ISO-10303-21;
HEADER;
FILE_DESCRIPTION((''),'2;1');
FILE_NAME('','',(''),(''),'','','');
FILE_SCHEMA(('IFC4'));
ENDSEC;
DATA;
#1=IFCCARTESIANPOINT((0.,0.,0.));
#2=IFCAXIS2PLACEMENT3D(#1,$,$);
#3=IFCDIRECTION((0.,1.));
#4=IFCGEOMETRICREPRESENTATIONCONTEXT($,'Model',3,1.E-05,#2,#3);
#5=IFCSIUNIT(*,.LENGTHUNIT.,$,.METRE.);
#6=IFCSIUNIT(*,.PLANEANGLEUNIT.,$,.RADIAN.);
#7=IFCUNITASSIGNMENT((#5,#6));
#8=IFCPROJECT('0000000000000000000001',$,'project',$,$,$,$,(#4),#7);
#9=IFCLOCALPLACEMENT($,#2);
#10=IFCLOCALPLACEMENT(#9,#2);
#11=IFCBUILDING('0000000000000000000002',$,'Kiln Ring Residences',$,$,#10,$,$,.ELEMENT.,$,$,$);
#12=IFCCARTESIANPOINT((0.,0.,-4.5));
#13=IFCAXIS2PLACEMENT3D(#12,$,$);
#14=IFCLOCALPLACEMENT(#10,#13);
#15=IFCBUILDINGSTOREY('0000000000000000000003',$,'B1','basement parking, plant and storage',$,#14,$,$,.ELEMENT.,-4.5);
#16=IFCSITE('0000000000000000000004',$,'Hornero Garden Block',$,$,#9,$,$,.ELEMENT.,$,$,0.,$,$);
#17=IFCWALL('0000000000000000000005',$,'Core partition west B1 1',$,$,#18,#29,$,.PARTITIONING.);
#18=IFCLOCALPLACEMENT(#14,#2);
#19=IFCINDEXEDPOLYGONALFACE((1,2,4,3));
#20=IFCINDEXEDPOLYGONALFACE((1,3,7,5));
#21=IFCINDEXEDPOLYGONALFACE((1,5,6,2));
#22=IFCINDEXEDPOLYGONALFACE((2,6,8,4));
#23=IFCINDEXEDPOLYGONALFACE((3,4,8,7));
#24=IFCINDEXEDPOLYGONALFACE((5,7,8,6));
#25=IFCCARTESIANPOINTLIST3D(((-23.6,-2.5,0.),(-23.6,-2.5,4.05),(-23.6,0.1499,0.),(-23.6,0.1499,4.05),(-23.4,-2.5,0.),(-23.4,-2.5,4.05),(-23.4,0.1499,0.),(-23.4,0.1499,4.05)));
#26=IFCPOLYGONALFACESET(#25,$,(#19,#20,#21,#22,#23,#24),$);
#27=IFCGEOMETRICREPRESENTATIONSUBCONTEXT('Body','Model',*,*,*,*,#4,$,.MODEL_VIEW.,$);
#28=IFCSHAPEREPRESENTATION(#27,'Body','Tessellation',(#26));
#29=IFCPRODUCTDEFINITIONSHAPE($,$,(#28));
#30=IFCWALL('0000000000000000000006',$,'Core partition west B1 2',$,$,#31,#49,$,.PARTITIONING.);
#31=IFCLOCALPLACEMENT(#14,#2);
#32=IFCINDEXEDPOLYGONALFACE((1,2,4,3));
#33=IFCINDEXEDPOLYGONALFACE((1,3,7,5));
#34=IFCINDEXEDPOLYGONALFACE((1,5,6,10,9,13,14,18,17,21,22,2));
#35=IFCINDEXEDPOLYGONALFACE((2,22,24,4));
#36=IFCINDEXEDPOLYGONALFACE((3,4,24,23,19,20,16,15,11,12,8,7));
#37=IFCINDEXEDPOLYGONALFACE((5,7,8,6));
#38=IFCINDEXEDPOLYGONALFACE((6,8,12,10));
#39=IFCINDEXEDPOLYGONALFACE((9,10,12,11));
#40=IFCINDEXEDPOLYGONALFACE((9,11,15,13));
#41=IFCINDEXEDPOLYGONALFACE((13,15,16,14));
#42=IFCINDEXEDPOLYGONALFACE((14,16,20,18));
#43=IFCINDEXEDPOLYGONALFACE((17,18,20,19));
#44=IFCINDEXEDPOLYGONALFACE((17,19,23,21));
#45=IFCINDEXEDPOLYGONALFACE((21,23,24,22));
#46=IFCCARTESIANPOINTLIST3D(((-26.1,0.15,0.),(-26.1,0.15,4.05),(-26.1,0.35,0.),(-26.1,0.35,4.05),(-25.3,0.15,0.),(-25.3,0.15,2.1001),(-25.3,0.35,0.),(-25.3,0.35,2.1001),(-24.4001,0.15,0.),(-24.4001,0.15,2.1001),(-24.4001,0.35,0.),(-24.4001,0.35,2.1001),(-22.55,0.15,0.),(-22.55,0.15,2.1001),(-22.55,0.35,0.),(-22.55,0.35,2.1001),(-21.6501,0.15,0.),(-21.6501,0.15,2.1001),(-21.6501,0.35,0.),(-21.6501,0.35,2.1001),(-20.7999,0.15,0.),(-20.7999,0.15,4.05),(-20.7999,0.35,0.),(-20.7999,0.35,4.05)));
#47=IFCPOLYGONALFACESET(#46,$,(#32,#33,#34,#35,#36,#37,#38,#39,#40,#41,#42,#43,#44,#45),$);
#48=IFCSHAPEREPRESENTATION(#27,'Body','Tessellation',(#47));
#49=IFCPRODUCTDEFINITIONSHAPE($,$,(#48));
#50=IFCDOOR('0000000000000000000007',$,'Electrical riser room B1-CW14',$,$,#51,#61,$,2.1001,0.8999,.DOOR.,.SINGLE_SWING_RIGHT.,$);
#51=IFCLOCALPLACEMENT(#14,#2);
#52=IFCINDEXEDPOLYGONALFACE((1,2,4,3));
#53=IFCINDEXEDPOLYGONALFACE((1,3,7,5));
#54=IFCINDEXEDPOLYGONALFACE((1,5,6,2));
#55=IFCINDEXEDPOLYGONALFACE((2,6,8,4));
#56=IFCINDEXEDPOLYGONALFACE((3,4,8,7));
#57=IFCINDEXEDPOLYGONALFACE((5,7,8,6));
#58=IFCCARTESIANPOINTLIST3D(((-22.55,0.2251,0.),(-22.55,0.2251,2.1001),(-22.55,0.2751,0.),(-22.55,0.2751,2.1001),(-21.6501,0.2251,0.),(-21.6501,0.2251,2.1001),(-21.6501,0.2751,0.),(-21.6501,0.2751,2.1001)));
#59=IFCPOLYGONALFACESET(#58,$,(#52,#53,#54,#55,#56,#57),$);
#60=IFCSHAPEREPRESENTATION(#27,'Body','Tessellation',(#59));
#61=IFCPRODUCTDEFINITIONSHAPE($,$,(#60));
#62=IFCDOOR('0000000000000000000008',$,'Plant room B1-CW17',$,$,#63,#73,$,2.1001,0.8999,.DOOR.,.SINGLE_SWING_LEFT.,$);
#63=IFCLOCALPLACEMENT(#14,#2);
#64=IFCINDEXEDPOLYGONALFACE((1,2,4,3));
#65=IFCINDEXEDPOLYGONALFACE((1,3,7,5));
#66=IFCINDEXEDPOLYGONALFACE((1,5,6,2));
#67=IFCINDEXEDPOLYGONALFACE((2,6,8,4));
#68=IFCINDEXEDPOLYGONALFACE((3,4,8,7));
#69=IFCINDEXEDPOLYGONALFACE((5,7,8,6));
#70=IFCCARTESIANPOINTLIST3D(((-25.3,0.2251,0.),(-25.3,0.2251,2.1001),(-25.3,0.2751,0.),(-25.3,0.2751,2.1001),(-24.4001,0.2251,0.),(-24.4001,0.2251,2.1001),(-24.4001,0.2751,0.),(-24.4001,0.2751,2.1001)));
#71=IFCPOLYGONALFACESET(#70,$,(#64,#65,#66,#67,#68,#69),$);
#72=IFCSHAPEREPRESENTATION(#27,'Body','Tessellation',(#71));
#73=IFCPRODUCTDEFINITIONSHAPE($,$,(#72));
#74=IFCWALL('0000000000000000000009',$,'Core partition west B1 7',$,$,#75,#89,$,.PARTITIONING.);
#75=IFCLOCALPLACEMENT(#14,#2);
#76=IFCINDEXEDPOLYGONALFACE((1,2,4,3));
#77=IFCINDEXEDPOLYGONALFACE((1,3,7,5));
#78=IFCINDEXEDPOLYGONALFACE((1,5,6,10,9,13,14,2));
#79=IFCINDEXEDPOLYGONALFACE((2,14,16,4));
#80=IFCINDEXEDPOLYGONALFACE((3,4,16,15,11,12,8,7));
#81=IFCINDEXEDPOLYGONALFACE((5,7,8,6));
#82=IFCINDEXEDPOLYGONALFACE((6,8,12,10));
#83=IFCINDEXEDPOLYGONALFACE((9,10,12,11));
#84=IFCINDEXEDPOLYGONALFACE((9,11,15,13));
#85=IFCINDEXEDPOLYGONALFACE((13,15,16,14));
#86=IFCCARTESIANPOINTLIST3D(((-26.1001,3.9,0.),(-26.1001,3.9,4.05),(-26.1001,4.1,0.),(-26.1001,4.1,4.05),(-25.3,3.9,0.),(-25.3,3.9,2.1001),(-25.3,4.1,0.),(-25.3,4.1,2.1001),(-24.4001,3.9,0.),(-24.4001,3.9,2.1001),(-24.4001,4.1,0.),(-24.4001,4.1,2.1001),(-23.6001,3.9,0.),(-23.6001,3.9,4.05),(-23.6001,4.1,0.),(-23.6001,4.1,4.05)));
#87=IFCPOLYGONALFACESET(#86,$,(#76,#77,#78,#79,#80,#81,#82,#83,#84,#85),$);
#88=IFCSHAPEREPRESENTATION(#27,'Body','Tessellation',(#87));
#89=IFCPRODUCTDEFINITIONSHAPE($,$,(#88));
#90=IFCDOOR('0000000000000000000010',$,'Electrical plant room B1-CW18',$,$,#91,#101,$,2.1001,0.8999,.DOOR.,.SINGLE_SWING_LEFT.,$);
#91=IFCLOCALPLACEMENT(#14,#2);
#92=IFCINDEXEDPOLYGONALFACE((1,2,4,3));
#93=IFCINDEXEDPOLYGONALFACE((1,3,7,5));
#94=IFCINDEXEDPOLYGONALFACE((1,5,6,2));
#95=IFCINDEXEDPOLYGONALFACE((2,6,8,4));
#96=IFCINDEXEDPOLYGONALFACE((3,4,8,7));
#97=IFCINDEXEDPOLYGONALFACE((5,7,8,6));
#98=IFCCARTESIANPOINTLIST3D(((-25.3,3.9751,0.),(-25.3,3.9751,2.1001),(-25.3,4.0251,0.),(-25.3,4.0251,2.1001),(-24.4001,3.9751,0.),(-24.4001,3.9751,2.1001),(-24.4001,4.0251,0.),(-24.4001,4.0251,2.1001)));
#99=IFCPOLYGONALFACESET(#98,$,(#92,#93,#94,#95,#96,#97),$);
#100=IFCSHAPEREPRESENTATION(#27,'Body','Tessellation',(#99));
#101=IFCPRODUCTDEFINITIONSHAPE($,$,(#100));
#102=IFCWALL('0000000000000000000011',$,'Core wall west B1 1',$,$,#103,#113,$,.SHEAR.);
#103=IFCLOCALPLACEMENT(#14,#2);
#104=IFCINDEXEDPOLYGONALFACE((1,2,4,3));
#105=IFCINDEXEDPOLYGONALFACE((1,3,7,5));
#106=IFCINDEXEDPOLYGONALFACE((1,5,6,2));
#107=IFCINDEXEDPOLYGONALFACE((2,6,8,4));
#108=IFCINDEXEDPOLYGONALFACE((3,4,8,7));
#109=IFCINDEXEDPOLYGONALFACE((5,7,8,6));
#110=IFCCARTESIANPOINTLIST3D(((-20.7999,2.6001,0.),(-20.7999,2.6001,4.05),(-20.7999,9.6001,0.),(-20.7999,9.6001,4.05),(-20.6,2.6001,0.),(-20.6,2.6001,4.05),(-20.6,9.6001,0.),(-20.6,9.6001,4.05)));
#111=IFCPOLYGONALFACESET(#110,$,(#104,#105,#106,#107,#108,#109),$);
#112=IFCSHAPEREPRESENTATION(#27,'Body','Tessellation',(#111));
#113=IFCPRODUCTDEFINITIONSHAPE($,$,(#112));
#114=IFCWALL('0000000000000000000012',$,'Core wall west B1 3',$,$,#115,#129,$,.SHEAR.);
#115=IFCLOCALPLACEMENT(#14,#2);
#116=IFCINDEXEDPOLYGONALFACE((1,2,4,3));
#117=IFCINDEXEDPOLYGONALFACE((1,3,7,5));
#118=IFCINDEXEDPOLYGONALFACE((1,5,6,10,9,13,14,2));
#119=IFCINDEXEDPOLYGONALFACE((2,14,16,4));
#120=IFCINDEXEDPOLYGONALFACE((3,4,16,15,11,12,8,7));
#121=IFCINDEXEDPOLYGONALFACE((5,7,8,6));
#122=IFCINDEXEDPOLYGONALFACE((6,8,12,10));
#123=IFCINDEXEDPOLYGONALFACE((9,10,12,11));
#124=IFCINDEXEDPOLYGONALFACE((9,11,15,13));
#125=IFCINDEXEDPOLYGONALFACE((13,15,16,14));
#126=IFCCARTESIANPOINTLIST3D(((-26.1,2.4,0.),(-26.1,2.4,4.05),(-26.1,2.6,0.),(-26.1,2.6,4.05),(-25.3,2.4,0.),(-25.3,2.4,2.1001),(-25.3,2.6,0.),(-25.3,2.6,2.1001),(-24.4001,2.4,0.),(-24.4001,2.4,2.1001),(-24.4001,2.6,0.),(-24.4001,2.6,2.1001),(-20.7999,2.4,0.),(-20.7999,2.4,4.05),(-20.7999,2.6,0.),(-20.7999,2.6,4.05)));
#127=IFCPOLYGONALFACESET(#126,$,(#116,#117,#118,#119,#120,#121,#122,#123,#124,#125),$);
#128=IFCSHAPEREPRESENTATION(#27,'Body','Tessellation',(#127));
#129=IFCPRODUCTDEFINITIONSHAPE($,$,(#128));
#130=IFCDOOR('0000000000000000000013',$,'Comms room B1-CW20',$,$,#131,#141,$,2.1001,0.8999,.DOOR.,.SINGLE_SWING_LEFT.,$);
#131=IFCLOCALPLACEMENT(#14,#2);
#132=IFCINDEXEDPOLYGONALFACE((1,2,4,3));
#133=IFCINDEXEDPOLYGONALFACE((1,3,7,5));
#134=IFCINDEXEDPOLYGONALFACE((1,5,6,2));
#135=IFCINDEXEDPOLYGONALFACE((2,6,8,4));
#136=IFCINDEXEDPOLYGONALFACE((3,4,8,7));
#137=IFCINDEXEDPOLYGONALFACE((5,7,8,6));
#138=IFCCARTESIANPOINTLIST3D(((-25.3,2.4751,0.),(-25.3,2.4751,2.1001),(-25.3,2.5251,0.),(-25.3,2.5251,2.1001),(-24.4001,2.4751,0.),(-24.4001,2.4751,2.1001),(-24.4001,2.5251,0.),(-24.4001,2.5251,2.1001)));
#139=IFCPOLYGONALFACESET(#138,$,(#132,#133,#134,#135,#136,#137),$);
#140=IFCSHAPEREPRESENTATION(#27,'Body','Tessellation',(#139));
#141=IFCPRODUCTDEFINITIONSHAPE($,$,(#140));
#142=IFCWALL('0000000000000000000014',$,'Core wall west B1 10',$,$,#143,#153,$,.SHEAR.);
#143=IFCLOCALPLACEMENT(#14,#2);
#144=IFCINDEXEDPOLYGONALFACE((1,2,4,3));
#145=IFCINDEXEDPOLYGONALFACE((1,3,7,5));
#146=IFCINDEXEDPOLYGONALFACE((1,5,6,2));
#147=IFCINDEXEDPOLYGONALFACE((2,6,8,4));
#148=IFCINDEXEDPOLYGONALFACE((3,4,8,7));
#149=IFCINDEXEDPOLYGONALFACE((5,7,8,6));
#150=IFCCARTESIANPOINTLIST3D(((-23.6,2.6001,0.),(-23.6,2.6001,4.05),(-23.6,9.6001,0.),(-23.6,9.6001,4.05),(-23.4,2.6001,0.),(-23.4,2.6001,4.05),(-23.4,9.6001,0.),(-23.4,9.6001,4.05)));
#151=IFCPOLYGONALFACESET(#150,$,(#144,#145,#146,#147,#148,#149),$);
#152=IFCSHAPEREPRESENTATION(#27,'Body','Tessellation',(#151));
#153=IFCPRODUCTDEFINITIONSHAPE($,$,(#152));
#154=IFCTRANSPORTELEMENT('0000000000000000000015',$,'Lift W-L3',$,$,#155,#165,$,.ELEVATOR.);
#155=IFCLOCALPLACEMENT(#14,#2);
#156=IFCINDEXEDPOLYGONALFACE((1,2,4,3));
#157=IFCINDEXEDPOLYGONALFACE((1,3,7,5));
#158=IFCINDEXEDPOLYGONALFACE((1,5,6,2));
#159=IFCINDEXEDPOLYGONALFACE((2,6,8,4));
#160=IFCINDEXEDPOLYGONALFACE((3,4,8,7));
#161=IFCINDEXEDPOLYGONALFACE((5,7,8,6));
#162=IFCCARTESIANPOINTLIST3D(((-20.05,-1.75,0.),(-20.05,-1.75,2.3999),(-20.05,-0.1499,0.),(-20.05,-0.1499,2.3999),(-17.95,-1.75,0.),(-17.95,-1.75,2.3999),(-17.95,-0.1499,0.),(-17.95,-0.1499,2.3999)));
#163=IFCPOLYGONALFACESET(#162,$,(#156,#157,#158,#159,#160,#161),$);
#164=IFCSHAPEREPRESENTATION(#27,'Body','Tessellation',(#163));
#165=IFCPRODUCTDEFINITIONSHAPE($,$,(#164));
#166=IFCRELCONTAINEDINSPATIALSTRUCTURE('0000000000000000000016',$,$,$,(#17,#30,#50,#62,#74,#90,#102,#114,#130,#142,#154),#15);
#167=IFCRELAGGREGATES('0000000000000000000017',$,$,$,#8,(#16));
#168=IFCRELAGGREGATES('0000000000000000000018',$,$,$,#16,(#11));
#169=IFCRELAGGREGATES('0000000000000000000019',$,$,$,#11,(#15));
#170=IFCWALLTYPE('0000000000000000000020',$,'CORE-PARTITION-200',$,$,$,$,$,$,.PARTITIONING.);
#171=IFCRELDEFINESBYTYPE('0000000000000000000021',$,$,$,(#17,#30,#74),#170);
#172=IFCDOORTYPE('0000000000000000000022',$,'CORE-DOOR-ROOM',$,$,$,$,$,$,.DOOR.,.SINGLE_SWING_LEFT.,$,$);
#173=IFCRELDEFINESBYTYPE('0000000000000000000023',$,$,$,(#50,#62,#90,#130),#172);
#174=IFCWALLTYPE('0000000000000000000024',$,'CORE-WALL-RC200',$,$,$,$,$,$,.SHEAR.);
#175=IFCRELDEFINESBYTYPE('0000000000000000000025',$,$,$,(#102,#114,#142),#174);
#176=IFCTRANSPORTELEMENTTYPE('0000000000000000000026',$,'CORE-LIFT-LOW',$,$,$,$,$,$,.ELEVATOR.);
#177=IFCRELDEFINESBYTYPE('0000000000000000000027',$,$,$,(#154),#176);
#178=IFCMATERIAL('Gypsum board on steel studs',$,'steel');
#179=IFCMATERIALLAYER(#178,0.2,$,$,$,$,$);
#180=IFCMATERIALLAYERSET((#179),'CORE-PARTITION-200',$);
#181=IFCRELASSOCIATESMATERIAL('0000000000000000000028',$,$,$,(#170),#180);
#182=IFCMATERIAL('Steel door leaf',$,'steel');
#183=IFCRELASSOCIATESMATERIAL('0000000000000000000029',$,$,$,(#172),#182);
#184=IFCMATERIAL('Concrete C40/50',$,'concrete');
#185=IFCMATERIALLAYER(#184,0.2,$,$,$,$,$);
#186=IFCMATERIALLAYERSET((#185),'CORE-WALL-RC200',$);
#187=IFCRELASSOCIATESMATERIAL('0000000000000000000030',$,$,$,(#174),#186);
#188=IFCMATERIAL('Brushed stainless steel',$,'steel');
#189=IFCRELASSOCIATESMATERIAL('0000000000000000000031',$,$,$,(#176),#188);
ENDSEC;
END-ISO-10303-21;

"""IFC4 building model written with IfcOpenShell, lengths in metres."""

from ifc_helpers import new_model, si_unit, direction, frame, frame_2d, origin, origin_2d, place, context, subcontext, project, spatial, rectangle, extrude, material, layer, layer_set, type_object, element, fill, save


model = new_model("IFC4")

# Units and contexts
model_context = context("Model", 3, precision=1e-05, world=origin(), true_north=direction((0.0, 1.0)))
body_context = subcontext(model_context, "Body", "Model", "MODEL_VIEW")
ifc_project = project(units=[si_unit("LENGTHUNIT", "METRE"), si_unit("PLANEANGLEUNIT", "RADIAN")], contexts=[model_context])

# Site, building, storey
site_placement = place(None, origin())
site = spatial("IfcSite", under=ifc_project, at=site_placement, Name="Hornero Garden Block", CompositionType="ELEMENT", RefElevation=0.0)
building_placement = place(site_placement, origin())
building = spatial("IfcBuilding", under=site, at=building_placement, Name="Kiln Ring Residences", CompositionType="ELEMENT")
storey_placement = place(building_placement, frame((0.0, 0.0, -4.5)))
storey = spatial("IfcBuildingStorey", under=building, at=storey_placement, Name="B1", Description="basement parking, plant and storage", CompositionType="ELEMENT", Elevation=-4.5)

# Wall
ifc_material_1 = material(Name="Gypsum board on steel studs", Category="steel")
ifc_layer_1 = layer(ifc_material_1, 0.2)
ifc_layer_set_1 = layer_set([ifc_layer_1], Name="CORE-PARTITION-200")
wall_type_1 = type_object("IfcWallType", Name="CORE-PARTITION-200", PredefinedType="PARTITIONING", material=ifc_layer_set_1)
wall_1_placement = place(storey_placement, frame((-23.5, -2.5, 0.0), z_axis=(0.0, 0.0, 1.0), x_axis=(0.0, 1.0, 0.0)))
element("IfcWall", 1, at=wall_1_placement, inside=storey, type_object=wall_type_1, Name="Core partition west B1 1", PredefinedType="PARTITIONING", context=body_context, shape_type="SweptSolid", body=[
    extrude(rectangle(XDim=2.6499, YDim=0.2, at=frame_2d((1.325, 0.0))), origin(), (0.0, 0.0, 1.0), 4.05),
])

# Wall, openings, doors
wall_2_placement = place(storey_placement, frame((-20.8, 0.25, 0.0), z_axis=(0.0, 0.0, 1.0), x_axis=(-1.0, 0.0, 0.0)))
wall_2 = element("IfcWall", 2, at=wall_2_placement, inside=storey, type_object=wall_type_1, Name="Core partition west B1 2", PredefinedType="PARTITIONING", context=body_context, shape_type="SweptSolid", body=[
    extrude(rectangle(XDim=5.3, YDim=0.2, at=frame_2d((2.6499, 0.0))), origin(), (0.0, 0.0, 1.0), 4.05),
])
opening_1_placement = place(wall_2_placement, frame((0.8501, 0.0, 0.0)))
opening_1 = element("IfcOpeningElement", 3, at=opening_1_placement, cuts=wall_2, PredefinedType="OPENING", context=body_context, shape_type="SweptSolid", body=[
    extrude(rectangle(XDim=0.8999, YDim=2.1001, at=frame_2d((0.45, 1.05))), frame((0.0, 0.1099, 0.0), z_axis=(0.0, -1.0, 0.0), x_axis=(1.0, 0.0, 0.0)), (0.0, 0.0, 1.0), 0.22),
])
opening_2_placement = place(wall_2_placement, frame((3.6001, 0.0, 0.0)))
opening_2 = element("IfcOpeningElement", 4, at=opening_2_placement, cuts=wall_2, PredefinedType="OPENING", context=body_context, shape_type="SweptSolid", body=[
    extrude(rectangle(XDim=0.8999, YDim=2.1001, at=frame_2d((0.45, 1.05))), frame((0.0, 0.1099, 0.0), z_axis=(0.0, -1.0, 0.0), x_axis=(1.0, 0.0, 0.0)), (0.0, 0.0, 1.0), 0.22),
])
ifc_material_2 = material(Name="Steel door leaf", Category="steel")
door_type = type_object("IfcDoorType", Name="CORE-DOOR-ROOM", OperationType="SINGLE_SWING_LEFT", PredefinedType="DOOR", material=ifc_material_2)
door_1_placement = place(opening_1_placement, origin())
door_1 = element("IfcDoor", 5, at=door_1_placement, inside=storey, type_object=door_type, Name="Electrical riser room B1-CW14", OperationType="SINGLE_SWING_RIGHT", OverallHeight=2.1001, OverallWidth=0.8999, PredefinedType="DOOR", context=body_context, shape_type="SweptSolid", body=[
    extrude(rectangle(XDim=0.8999, YDim=2.1001, at=frame_2d((0.45, 1.05))), frame((0.0, 0.0249, 0.0), z_axis=(0.0, -1.0, 0.0), x_axis=(1.0, 0.0, 0.0)), (0.0, 0.0, 1.0), 0.05),
])
fill(opening_1, door_1)
door_2_placement = place(opening_2_placement, origin())
door_2 = element("IfcDoor", 6, at=door_2_placement, inside=storey, type_object=door_type, Name="Plant room B1-CW17", OperationType="SINGLE_SWING_LEFT", OverallHeight=2.1001, OverallWidth=0.8999, PredefinedType="DOOR", context=body_context, shape_type="SweptSolid", body=[
    extrude(rectangle(XDim=0.8999, YDim=2.1001, at=frame_2d((0.45, 1.05))), frame((0.0, 0.0249, 0.0), z_axis=(0.0, -1.0, 0.0), x_axis=(1.0, 0.0, 0.0)), (0.0, 0.0, 1.0), 0.05),
])
fill(opening_2, door_2)

# Wall, opening, door
wall_3_placement = place(storey_placement, frame((-23.6001, 4.0, 0.0), z_axis=(0.0, 0.0, 1.0), x_axis=(-1.0, 0.0, 0.0)))
wall_3 = element("IfcWall", 7, at=wall_3_placement, inside=storey, type_object=wall_type_1, Name="Core partition west B1 7", PredefinedType="PARTITIONING", context=body_context, shape_type="SweptSolid", body=[
    extrude(rectangle(XDim=2.5, YDim=0.2, at=frame_2d((1.25, 0.0))), origin(), (0.0, 0.0, 1.0), 4.05),
])
opening_3_placement = place(wall_3_placement, frame((0.8, 0.0, 0.0)))
opening_3 = element("IfcOpeningElement", 8, at=opening_3_placement, cuts=wall_3, PredefinedType="OPENING", context=body_context, shape_type="SweptSolid", body=[
    extrude(rectangle(XDim=0.8999, YDim=2.1001, at=frame_2d((0.45, 1.05))), frame((0.0, 0.1099, 0.0), z_axis=(0.0, -1.0, 0.0), x_axis=(1.0, 0.0, 0.0)), (0.0, 0.0, 1.0), 0.22),
])
door_3_placement = place(opening_3_placement, origin())
door_3 = element("IfcDoor", 9, at=door_3_placement, inside=storey, type_object=door_type, Name="Electrical plant room B1-CW18", OperationType="SINGLE_SWING_LEFT", OverallHeight=2.1001, OverallWidth=0.8999, PredefinedType="DOOR", context=body_context, shape_type="SweptSolid", body=[
    extrude(rectangle(XDim=0.8999, YDim=2.1001, at=frame_2d((0.45, 1.05))), frame((0.0, 0.0249, 0.0), z_axis=(0.0, -1.0, 0.0), x_axis=(1.0, 0.0, 0.0)), (0.0, 0.0, 1.0), 0.05),
])
fill(opening_3, door_3)

# Wall
ifc_material_3 = material(Name="Concrete C40/50", Category="concrete")
ifc_layer_2 = layer(ifc_material_3, 0.2)
ifc_layer_set_2 = layer_set([ifc_layer_2], Name="CORE-WALL-RC200")
wall_type_2 = type_object("IfcWallType", Name="CORE-WALL-RC200", PredefinedType="SHEAR", material=ifc_layer_set_2)
wall_4_placement = place(storey_placement, frame((-20.7, 2.6001, 0.0), z_axis=(0.0, 0.0, 1.0), x_axis=(0.0, 1.0, 0.0)))
element("IfcWall", 10, at=wall_4_placement, inside=storey, type_object=wall_type_2, Name="Core wall west B1 1", PredefinedType="SHEAR", context=body_context, shape_type="SweptSolid", body=[
    extrude(rectangle(XDim=7.0, YDim=0.2, at=frame_2d((3.5, 0.0))), origin(), (0.0, 0.0, 1.0), 4.05),
])

# Wall, opening, door
wall_5_placement = place(storey_placement, frame((-20.8, 2.5, 0.0), z_axis=(0.0, 0.0, 1.0), x_axis=(-1.0, 0.0, 0.0)))
wall_5 = element("IfcWall", 11, at=wall_5_placement, inside=storey, type_object=wall_type_2, Name="Core wall west B1 3", PredefinedType="SHEAR", context=body_context, shape_type="SweptSolid", body=[
    extrude(rectangle(XDim=5.3, YDim=0.2, at=frame_2d((2.6499, 0.0))), origin(), (0.0, 0.0, 1.0), 4.05),
])
opening_4_placement = place(wall_5_placement, frame((3.6001, 0.0, 0.0)))
opening_4 = element("IfcOpeningElement", 12, at=opening_4_placement, cuts=wall_5, PredefinedType="OPENING", context=body_context, shape_type="SweptSolid", body=[
    extrude(rectangle(XDim=0.8999, YDim=2.1001, at=frame_2d((0.45, 1.05))), frame((0.0, 0.1099, 0.0), z_axis=(0.0, -1.0, 0.0), x_axis=(1.0, 0.0, 0.0)), (0.0, 0.0, 1.0), 0.22),
])
door_4_placement = place(opening_4_placement, origin())
door_4 = element("IfcDoor", 13, at=door_4_placement, inside=storey, type_object=door_type, Name="Comms room B1-CW20", OperationType="SINGLE_SWING_LEFT", OverallHeight=2.1001, OverallWidth=0.8999, PredefinedType="DOOR", context=body_context, shape_type="SweptSolid", body=[
    extrude(rectangle(XDim=0.8999, YDim=2.1001, at=frame_2d((0.45, 1.05))), frame((0.0, 0.0249, 0.0), z_axis=(0.0, -1.0, 0.0), x_axis=(1.0, 0.0, 0.0)), (0.0, 0.0, 1.0), 0.05),
])
fill(opening_4, door_4)

# Wall
wall_6_placement = place(storey_placement, frame((-23.5, 2.6001, 0.0), z_axis=(0.0, 0.0, 1.0), x_axis=(0.0, 1.0, 0.0)))
element("IfcWall", 14, at=wall_6_placement, inside=storey, type_object=wall_type_2, Name="Core wall west B1 10", PredefinedType="SHEAR", context=body_context, shape_type="SweptSolid", body=[
    extrude(rectangle(XDim=7.0, YDim=0.2, at=frame_2d((3.5, 0.0))), origin(), (0.0, 0.0, 1.0), 4.05),
])

# Transport element
ifc_material_4 = material(Name="Brushed stainless steel", Category="steel")
transport_element_type = type_object("IfcTransportElementType", Name="CORE-LIFT-LOW", PredefinedType="ELEVATOR", material=ifc_material_4)
transport_element_placement = place(storey_placement, frame((-19.0, -0.95, 0.0), z_axis=(0.0, 0.0, 1.0), x_axis=(1.0, 0.0, 0.0)))
element("IfcTransportElement", 15, at=transport_element_placement, inside=storey, type_object=transport_element_type, Name="Lift W-L3", PredefinedType="ELEVATOR", context=body_context, shape_type="SweptSolid", body=[
    extrude(rectangle(XDim=2.1001, YDim=1.6001, at=origin_2d()), origin(), (0.0, 0.0, 1.0), 2.3999),
])

save(model, "model.ifc")
